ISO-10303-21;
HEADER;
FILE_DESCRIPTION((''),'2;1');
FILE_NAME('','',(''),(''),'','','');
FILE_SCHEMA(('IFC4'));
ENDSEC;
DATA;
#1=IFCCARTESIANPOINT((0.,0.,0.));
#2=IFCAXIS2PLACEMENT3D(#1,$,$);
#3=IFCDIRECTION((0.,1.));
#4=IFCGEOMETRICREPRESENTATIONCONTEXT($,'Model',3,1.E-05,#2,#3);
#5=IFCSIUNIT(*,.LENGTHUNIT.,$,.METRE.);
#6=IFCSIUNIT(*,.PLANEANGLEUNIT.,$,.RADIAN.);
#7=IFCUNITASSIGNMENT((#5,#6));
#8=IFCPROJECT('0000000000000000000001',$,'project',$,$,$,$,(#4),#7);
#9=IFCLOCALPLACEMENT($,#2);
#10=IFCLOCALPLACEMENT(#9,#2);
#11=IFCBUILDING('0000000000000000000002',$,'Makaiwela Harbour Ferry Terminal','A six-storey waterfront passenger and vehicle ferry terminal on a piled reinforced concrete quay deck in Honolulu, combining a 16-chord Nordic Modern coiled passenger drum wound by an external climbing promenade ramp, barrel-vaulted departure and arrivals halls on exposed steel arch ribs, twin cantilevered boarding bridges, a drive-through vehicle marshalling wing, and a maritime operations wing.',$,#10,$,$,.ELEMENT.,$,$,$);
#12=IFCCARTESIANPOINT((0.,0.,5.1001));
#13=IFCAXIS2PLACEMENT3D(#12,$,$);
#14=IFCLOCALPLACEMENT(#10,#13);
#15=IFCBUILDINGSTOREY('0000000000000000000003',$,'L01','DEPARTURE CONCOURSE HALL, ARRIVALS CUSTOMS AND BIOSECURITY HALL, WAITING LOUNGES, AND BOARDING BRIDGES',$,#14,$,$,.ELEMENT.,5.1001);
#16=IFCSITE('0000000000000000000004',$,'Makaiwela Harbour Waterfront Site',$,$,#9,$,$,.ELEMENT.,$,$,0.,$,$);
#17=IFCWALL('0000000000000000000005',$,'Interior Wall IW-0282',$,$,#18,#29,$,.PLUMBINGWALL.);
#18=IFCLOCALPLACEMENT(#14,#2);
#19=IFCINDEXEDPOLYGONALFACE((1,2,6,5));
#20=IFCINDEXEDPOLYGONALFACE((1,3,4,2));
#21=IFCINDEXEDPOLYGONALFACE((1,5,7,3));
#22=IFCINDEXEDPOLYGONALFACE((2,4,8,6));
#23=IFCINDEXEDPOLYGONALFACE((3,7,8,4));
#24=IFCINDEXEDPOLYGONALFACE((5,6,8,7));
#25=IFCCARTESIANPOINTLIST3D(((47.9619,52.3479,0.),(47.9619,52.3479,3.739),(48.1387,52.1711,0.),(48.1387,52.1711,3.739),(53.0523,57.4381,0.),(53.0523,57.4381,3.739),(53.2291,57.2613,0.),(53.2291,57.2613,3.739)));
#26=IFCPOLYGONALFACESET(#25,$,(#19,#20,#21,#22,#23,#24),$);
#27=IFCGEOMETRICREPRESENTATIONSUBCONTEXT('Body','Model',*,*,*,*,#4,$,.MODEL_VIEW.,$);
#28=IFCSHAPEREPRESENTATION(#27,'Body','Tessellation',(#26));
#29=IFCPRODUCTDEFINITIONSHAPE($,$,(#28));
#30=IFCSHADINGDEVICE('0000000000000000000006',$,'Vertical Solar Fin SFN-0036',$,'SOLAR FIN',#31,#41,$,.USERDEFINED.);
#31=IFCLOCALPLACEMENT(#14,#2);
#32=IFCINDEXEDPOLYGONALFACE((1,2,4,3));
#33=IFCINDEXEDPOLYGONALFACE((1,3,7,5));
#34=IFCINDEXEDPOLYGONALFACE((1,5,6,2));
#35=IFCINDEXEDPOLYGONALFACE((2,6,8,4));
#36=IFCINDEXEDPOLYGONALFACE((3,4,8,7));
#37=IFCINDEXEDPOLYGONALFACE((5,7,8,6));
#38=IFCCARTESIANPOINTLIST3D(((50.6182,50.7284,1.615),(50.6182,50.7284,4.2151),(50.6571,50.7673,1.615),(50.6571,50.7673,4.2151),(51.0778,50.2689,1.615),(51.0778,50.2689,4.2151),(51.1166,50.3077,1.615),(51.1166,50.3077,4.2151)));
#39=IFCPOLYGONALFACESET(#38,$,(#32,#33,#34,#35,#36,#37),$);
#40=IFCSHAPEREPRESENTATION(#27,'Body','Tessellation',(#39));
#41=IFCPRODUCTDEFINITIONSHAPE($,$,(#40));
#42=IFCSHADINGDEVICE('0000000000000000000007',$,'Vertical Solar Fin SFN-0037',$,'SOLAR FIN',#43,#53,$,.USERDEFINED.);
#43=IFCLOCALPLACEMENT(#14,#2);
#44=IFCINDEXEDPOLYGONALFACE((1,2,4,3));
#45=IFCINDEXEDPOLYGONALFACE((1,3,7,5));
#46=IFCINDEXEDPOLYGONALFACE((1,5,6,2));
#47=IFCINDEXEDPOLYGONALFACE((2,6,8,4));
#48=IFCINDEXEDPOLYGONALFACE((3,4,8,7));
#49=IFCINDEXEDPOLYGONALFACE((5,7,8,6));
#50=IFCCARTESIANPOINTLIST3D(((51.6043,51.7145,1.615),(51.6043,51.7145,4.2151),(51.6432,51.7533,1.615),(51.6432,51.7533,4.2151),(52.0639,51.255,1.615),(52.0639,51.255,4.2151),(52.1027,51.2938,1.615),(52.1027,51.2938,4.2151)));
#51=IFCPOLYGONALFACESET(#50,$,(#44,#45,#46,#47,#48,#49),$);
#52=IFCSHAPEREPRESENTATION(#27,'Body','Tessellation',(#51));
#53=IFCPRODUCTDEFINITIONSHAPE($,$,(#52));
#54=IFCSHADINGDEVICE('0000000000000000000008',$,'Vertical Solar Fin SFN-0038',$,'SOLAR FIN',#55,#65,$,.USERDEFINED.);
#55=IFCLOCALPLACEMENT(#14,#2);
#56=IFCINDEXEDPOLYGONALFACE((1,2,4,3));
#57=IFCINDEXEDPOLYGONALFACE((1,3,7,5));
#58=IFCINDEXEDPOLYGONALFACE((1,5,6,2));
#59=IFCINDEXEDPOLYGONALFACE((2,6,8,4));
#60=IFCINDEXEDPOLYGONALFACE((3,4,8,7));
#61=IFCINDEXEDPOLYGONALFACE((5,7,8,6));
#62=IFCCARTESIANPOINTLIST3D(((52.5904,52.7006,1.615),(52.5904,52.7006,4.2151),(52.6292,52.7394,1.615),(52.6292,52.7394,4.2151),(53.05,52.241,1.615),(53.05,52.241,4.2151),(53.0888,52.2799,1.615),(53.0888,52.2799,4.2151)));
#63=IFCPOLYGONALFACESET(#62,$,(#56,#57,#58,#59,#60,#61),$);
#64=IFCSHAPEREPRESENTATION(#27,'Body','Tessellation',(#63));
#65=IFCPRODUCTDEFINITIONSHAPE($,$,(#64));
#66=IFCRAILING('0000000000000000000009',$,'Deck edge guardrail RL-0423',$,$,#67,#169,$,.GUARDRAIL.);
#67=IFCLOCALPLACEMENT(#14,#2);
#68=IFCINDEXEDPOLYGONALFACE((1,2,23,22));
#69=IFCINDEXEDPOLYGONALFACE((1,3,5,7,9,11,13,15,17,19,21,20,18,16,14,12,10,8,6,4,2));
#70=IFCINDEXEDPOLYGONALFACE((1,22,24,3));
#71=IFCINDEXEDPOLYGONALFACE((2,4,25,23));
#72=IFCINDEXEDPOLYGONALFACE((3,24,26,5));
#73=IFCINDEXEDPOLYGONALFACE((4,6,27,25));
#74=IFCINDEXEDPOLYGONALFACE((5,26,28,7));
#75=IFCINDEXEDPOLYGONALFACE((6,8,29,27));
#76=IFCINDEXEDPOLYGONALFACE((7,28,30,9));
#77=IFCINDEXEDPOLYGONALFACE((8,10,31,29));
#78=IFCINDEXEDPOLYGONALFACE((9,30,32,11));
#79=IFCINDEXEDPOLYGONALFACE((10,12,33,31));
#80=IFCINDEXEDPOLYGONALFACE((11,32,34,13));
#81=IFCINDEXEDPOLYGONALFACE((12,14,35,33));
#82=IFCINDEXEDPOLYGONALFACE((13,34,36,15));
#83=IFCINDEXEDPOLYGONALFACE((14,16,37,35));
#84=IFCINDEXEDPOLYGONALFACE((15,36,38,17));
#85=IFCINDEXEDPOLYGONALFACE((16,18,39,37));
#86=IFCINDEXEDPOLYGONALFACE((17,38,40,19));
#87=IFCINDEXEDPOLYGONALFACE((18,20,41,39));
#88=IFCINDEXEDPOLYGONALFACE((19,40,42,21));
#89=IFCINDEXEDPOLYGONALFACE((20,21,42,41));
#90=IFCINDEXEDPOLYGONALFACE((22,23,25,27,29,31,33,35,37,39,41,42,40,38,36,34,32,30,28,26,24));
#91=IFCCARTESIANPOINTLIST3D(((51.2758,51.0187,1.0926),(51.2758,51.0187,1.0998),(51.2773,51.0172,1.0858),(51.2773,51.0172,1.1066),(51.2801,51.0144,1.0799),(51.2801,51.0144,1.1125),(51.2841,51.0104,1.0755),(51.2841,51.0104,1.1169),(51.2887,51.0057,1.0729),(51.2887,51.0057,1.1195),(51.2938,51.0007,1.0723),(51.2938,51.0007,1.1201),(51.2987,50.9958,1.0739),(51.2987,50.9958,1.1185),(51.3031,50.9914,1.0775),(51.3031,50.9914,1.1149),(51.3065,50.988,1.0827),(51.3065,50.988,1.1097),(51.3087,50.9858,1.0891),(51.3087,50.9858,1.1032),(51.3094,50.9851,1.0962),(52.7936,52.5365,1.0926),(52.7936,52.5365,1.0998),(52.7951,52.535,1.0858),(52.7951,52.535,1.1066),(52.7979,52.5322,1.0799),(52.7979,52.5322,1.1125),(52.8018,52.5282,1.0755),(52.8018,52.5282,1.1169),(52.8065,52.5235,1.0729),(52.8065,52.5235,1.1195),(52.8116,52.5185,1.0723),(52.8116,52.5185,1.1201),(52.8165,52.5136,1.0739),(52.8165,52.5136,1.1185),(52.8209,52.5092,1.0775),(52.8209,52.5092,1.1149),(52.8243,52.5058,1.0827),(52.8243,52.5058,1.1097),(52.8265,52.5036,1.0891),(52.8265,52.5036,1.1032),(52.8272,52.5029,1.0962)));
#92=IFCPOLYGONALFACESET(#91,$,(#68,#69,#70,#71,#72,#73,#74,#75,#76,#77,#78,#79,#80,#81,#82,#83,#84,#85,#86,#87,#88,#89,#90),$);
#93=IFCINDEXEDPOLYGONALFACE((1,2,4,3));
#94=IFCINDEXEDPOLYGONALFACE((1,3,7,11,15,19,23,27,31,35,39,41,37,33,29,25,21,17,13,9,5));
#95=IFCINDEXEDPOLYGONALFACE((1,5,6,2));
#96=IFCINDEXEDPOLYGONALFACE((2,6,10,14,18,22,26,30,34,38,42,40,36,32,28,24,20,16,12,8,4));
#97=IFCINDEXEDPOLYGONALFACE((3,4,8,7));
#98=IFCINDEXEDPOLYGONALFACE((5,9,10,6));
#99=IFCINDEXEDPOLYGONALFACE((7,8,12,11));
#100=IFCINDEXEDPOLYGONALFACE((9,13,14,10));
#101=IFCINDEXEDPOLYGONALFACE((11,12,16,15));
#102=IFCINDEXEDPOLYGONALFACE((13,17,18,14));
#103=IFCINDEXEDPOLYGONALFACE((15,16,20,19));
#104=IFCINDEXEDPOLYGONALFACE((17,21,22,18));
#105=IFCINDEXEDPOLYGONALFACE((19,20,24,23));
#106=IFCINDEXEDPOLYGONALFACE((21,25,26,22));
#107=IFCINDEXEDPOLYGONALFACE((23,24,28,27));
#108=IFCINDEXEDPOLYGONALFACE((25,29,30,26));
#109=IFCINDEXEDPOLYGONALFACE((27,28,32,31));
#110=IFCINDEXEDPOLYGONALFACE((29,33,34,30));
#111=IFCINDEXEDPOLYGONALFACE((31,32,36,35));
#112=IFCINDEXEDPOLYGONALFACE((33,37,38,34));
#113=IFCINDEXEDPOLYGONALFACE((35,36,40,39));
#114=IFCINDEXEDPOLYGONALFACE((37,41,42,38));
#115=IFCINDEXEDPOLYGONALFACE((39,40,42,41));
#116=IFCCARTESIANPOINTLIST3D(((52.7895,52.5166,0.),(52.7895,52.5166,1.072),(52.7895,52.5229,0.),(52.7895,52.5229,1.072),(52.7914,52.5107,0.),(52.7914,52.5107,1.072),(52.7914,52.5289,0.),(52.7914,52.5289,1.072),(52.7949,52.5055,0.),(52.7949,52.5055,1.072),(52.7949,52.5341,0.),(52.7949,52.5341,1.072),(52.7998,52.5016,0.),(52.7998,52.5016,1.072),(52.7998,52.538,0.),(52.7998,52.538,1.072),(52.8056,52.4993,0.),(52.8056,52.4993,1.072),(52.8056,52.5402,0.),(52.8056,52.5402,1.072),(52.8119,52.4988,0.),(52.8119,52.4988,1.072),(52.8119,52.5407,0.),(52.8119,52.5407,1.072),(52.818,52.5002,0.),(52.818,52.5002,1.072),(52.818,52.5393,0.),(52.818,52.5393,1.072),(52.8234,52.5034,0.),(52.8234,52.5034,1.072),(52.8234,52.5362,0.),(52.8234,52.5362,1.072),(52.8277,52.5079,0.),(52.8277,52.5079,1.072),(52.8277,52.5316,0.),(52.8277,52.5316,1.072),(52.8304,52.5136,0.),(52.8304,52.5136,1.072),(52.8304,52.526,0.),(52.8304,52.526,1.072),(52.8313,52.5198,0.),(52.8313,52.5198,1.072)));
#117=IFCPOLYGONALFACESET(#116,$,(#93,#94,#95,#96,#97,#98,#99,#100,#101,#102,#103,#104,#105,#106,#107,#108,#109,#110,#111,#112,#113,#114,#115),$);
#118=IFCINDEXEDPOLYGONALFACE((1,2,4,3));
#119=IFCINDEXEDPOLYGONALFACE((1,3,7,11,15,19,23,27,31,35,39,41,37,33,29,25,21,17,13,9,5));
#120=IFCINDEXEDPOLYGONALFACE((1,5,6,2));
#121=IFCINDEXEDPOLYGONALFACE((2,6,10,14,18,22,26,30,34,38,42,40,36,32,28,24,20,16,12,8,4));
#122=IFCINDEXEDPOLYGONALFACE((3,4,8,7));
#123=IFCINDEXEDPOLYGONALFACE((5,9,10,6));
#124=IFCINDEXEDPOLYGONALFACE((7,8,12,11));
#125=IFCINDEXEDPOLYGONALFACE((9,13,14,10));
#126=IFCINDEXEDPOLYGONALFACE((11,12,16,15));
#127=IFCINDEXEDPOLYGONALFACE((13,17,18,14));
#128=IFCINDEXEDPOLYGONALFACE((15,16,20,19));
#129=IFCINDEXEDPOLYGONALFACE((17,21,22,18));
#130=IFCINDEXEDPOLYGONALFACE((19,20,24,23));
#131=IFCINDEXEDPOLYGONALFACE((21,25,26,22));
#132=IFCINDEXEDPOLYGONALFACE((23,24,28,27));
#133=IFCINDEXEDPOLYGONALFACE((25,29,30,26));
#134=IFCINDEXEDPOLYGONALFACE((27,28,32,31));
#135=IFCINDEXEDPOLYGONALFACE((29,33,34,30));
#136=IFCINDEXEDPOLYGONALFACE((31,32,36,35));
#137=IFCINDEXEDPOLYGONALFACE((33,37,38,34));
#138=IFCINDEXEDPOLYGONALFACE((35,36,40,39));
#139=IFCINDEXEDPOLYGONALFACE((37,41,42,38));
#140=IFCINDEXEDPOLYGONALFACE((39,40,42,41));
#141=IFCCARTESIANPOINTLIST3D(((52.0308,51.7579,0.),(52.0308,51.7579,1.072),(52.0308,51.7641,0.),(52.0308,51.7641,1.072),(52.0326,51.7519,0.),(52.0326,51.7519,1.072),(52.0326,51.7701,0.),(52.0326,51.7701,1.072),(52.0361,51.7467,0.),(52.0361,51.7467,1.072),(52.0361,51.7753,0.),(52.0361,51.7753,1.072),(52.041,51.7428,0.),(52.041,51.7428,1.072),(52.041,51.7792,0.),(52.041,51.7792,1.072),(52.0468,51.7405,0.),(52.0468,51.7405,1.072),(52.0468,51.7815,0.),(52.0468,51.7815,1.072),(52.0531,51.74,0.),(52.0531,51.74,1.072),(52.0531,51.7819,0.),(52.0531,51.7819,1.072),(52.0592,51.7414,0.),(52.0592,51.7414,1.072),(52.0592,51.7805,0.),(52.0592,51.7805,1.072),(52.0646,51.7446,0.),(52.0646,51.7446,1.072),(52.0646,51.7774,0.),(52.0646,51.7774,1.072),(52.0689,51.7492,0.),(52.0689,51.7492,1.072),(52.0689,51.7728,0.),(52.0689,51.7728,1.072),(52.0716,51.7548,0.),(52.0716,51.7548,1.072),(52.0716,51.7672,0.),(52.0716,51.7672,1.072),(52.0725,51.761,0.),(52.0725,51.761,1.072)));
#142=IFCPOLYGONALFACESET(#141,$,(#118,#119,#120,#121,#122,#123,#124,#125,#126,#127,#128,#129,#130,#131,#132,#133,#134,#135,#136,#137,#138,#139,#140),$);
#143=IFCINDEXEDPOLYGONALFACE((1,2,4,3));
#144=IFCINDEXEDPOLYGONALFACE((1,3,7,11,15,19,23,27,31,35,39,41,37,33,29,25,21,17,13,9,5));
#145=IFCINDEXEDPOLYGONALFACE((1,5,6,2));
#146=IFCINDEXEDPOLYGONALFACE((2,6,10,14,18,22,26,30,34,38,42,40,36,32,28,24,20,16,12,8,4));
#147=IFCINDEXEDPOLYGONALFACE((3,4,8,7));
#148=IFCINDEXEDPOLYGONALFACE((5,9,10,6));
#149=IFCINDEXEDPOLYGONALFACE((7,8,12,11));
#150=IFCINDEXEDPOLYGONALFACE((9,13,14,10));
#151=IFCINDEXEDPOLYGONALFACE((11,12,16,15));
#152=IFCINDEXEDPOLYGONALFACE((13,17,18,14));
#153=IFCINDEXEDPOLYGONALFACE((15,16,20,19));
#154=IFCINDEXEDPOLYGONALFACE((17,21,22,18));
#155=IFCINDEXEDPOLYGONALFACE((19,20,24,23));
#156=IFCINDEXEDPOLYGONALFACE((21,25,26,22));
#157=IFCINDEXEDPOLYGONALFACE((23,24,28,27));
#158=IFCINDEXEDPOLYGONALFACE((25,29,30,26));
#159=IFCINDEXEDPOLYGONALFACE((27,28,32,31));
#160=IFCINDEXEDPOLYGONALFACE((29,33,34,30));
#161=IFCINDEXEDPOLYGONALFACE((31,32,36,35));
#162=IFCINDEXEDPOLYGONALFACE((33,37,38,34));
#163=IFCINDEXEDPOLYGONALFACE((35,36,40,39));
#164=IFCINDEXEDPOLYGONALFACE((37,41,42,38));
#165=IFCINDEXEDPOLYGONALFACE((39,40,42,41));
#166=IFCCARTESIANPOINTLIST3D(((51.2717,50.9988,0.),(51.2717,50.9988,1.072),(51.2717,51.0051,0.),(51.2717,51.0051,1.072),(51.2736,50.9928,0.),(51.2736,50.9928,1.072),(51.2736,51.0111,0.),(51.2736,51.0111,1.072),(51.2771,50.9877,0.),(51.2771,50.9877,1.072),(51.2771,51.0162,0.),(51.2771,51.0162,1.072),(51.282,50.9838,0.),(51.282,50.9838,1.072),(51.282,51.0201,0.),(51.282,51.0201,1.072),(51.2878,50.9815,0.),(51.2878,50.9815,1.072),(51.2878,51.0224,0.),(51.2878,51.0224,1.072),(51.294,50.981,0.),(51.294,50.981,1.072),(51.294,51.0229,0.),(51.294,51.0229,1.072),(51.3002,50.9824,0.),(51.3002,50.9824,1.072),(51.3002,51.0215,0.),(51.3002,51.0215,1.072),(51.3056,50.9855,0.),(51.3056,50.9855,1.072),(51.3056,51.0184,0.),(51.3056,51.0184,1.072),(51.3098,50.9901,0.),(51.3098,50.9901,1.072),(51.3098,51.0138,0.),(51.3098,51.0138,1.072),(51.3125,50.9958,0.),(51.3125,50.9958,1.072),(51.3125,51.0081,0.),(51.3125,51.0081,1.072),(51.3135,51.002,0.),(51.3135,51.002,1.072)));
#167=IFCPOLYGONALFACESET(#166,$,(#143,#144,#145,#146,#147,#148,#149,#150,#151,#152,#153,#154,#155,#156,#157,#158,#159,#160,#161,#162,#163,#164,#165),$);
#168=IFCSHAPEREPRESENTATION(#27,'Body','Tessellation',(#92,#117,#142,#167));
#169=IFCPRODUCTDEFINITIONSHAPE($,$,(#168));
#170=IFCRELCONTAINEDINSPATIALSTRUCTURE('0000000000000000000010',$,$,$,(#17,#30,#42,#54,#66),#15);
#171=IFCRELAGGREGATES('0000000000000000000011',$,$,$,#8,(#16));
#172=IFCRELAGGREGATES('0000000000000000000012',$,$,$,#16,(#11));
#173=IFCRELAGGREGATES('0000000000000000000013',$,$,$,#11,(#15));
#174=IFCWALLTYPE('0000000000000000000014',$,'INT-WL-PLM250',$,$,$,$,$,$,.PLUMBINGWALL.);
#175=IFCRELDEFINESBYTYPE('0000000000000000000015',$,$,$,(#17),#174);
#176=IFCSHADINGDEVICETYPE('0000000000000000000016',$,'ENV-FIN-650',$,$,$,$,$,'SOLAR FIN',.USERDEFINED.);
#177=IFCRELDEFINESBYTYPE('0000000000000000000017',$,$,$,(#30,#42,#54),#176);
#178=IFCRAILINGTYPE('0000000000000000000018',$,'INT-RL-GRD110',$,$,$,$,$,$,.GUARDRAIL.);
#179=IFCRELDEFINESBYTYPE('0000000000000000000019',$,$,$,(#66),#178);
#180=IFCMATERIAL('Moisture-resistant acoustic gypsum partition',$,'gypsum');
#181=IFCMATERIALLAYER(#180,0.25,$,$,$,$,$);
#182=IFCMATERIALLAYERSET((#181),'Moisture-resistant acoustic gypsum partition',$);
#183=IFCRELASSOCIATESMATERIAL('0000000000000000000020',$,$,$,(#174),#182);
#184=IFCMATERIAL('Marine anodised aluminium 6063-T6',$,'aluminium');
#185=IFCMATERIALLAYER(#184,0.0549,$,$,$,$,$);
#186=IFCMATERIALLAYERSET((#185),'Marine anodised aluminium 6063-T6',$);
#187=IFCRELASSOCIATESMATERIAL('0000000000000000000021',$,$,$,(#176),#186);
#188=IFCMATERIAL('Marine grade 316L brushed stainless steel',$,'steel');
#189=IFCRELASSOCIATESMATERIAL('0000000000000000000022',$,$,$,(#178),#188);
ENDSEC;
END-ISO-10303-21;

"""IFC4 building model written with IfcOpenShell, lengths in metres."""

from ifc_helpers import new_model, si_unit, direction, frame, frame_2d, origin, origin_2d, place, context, subcontext, project, spatial, rectangle, circle, extrude, material, layer, layer_set, type_object, element, save


model = new_model("IFC4")

# Units and contexts
model_context = context("Model", 3, precision=1e-05, world=origin(), true_north=direction((0.0, 1.0)))
body_context = subcontext(model_context, "Body", "Model", "MODEL_VIEW")
ifc_project = project(units=[si_unit("LENGTHUNIT", "METRE"), si_unit("PLANEANGLEUNIT", "RADIAN")], contexts=[model_context])

# Site, building, storey
site_placement = place(None, origin())
site = spatial("IfcSite", under=ifc_project, at=site_placement, Name="Makaiwela Harbour Waterfront Site", CompositionType="ELEMENT", RefElevation=0.0)
building_placement = place(site_placement, origin())
building = spatial("IfcBuilding", under=site, at=building_placement, Name="Makaiwela Harbour Ferry Terminal", Description="A six-storey waterfront passenger and vehicle ferry terminal on a piled reinforced concrete quay deck in Honolulu, combining a 16-chord Nordic Modern coiled passenger drum wound by an external climbing promenade ramp, barrel-vaulted departure and arrivals halls on exposed steel arch ribs, twin cantilevered boarding bridges, a drive-through vehicle marshalling wing, and a maritime operations wing.", CompositionType="ELEMENT")
storey_placement = place(building_placement, frame((0.0, 0.0, 5.1001)))
storey = spatial("IfcBuildingStorey", under=building, at=storey_placement, Name="L01", Description="DEPARTURE CONCOURSE HALL, ARRIVALS CUSTOMS AND BIOSECURITY HALL, WAITING LOUNGES, AND BOARDING BRIDGES", CompositionType="ELEMENT", Elevation=5.1001)

# Shared definitions
ifc_material_1 = material(Name="Marine anodised aluminium 6063-T6", Category="aluminium")

# Wall
ifc_material_2 = material(Name="Moisture-resistant acoustic gypsum partition", Category="gypsum")
ifc_layer_1 = layer(ifc_material_2, 0.25)
ifc_layer_set_1 = layer_set([ifc_layer_1], Name="Moisture-resistant acoustic gypsum partition")
wall_type = type_object("IfcWallType", Name="INT-WL-PLM250", PredefinedType="PLUMBINGWALL", material=ifc_layer_set_1)
wall_placement = place(storey_placement, frame((48.0503, 52.2595, 0.0), z_axis=(0.0, 0.0, 1.0), x_axis=(0.707124, 0.70709, 0.0)))
element("IfcWall", 1, at=wall_placement, inside=storey, type_object=wall_type, Name="Interior Wall IW-0282", PredefinedType="PLUMBINGWALL", context=body_context, shape_type="SweptSolid", body=[
    extrude(rectangle(XDim=7.1987, YDim=0.25, at=frame_2d((3.5994, 0.0))), origin(), (0.0, 0.0, 1.0), 3.739),
])

# Shading devices
ifc_layer_2 = layer(ifc_material_1, 0.0549)
ifc_layer_set_2 = layer_set([ifc_layer_2], Name="Marine anodised aluminium 6063-T6")
shading_device_type = type_object("IfcShadingDeviceType", Name="ENV-FIN-650", ElementType="SOLAR FIN", PredefinedType="USERDEFINED", material=ifc_layer_set_2)
for number, where, z_axis, x_axis, name in (
    (2, (50.8674, 50.5181, 1.615), (0.0, 0.0, 1.0), (0.707107, -0.707107, 0.0), "Vertical Solar Fin SFN-0036"),
    (3, (51.8535, 51.5042, 1.615), (0.0, 0.0, 1.0), (0.707107, -0.707107, 0.0), "Vertical Solar Fin SFN-0037"),
    (4, (52.8396, 52.4902, 1.615), (0.0, 0.0, 1.0), (0.707107, -0.707107, 0.0), "Vertical Solar Fin SFN-0038"),
):
    element("IfcShadingDevice", number, at=place(storey_placement, frame(where, z_axis=z_axis, x_axis=x_axis)), inside=storey, type_object=shading_device_type, Name=name, ObjectType="SOLAR FIN", PredefinedType="USERDEFINED", context=body_context, shape_type="SweptSolid", body=[
        extrude(rectangle(XDim=0.6499, YDim=0.0549, at=origin_2d()), origin(), (0.0, 0.0, 1.0), 2.6001),
    ])

# Railing
ifc_material_3 = material(Name="Marine grade 316L brushed stainless steel", Category="steel")
railing_type = type_object("IfcRailingType", Name="INT-RL-GRD110", PredefinedType="GUARDRAIL", material=ifc_material_3)
railing_1_placement = place(storey_placement, frame((52.8103, 52.5198, 0.0)))
element("IfcRailing", 5, at=railing_1_placement, inside=storey, type_object=railing_type, Name="Deck edge guardrail RL-0423", PredefinedType="GUARDRAIL", context=body_context, shape_type="SweptSolid", body=[
    extrude(circle(Radius=0.0239, at=origin_2d()), frame((0.0, 0.0, 1.0962), z_axis=(-0.707107, -0.707107, 0.0), x_axis=(0.707107, -0.707107, 0.0)), (0.0, 0.0, 1.0), 2.1465),
    extrude(circle(Radius=0.021, at=origin_2d()), origin(), (0.0, 0.0, 1.0), 1.072),
    extrude(circle(Radius=0.021, at=origin_2d()), frame((-0.7588, -0.7588, 0.0)), (0.0, 0.0, 1.0), 1.072),
    extrude(circle(Radius=0.021, at=origin_2d()), frame((-1.5178, -1.5178, 0.0)), (0.0, 0.0, 1.0), 1.072),
])

save(model, "model.ifc")
